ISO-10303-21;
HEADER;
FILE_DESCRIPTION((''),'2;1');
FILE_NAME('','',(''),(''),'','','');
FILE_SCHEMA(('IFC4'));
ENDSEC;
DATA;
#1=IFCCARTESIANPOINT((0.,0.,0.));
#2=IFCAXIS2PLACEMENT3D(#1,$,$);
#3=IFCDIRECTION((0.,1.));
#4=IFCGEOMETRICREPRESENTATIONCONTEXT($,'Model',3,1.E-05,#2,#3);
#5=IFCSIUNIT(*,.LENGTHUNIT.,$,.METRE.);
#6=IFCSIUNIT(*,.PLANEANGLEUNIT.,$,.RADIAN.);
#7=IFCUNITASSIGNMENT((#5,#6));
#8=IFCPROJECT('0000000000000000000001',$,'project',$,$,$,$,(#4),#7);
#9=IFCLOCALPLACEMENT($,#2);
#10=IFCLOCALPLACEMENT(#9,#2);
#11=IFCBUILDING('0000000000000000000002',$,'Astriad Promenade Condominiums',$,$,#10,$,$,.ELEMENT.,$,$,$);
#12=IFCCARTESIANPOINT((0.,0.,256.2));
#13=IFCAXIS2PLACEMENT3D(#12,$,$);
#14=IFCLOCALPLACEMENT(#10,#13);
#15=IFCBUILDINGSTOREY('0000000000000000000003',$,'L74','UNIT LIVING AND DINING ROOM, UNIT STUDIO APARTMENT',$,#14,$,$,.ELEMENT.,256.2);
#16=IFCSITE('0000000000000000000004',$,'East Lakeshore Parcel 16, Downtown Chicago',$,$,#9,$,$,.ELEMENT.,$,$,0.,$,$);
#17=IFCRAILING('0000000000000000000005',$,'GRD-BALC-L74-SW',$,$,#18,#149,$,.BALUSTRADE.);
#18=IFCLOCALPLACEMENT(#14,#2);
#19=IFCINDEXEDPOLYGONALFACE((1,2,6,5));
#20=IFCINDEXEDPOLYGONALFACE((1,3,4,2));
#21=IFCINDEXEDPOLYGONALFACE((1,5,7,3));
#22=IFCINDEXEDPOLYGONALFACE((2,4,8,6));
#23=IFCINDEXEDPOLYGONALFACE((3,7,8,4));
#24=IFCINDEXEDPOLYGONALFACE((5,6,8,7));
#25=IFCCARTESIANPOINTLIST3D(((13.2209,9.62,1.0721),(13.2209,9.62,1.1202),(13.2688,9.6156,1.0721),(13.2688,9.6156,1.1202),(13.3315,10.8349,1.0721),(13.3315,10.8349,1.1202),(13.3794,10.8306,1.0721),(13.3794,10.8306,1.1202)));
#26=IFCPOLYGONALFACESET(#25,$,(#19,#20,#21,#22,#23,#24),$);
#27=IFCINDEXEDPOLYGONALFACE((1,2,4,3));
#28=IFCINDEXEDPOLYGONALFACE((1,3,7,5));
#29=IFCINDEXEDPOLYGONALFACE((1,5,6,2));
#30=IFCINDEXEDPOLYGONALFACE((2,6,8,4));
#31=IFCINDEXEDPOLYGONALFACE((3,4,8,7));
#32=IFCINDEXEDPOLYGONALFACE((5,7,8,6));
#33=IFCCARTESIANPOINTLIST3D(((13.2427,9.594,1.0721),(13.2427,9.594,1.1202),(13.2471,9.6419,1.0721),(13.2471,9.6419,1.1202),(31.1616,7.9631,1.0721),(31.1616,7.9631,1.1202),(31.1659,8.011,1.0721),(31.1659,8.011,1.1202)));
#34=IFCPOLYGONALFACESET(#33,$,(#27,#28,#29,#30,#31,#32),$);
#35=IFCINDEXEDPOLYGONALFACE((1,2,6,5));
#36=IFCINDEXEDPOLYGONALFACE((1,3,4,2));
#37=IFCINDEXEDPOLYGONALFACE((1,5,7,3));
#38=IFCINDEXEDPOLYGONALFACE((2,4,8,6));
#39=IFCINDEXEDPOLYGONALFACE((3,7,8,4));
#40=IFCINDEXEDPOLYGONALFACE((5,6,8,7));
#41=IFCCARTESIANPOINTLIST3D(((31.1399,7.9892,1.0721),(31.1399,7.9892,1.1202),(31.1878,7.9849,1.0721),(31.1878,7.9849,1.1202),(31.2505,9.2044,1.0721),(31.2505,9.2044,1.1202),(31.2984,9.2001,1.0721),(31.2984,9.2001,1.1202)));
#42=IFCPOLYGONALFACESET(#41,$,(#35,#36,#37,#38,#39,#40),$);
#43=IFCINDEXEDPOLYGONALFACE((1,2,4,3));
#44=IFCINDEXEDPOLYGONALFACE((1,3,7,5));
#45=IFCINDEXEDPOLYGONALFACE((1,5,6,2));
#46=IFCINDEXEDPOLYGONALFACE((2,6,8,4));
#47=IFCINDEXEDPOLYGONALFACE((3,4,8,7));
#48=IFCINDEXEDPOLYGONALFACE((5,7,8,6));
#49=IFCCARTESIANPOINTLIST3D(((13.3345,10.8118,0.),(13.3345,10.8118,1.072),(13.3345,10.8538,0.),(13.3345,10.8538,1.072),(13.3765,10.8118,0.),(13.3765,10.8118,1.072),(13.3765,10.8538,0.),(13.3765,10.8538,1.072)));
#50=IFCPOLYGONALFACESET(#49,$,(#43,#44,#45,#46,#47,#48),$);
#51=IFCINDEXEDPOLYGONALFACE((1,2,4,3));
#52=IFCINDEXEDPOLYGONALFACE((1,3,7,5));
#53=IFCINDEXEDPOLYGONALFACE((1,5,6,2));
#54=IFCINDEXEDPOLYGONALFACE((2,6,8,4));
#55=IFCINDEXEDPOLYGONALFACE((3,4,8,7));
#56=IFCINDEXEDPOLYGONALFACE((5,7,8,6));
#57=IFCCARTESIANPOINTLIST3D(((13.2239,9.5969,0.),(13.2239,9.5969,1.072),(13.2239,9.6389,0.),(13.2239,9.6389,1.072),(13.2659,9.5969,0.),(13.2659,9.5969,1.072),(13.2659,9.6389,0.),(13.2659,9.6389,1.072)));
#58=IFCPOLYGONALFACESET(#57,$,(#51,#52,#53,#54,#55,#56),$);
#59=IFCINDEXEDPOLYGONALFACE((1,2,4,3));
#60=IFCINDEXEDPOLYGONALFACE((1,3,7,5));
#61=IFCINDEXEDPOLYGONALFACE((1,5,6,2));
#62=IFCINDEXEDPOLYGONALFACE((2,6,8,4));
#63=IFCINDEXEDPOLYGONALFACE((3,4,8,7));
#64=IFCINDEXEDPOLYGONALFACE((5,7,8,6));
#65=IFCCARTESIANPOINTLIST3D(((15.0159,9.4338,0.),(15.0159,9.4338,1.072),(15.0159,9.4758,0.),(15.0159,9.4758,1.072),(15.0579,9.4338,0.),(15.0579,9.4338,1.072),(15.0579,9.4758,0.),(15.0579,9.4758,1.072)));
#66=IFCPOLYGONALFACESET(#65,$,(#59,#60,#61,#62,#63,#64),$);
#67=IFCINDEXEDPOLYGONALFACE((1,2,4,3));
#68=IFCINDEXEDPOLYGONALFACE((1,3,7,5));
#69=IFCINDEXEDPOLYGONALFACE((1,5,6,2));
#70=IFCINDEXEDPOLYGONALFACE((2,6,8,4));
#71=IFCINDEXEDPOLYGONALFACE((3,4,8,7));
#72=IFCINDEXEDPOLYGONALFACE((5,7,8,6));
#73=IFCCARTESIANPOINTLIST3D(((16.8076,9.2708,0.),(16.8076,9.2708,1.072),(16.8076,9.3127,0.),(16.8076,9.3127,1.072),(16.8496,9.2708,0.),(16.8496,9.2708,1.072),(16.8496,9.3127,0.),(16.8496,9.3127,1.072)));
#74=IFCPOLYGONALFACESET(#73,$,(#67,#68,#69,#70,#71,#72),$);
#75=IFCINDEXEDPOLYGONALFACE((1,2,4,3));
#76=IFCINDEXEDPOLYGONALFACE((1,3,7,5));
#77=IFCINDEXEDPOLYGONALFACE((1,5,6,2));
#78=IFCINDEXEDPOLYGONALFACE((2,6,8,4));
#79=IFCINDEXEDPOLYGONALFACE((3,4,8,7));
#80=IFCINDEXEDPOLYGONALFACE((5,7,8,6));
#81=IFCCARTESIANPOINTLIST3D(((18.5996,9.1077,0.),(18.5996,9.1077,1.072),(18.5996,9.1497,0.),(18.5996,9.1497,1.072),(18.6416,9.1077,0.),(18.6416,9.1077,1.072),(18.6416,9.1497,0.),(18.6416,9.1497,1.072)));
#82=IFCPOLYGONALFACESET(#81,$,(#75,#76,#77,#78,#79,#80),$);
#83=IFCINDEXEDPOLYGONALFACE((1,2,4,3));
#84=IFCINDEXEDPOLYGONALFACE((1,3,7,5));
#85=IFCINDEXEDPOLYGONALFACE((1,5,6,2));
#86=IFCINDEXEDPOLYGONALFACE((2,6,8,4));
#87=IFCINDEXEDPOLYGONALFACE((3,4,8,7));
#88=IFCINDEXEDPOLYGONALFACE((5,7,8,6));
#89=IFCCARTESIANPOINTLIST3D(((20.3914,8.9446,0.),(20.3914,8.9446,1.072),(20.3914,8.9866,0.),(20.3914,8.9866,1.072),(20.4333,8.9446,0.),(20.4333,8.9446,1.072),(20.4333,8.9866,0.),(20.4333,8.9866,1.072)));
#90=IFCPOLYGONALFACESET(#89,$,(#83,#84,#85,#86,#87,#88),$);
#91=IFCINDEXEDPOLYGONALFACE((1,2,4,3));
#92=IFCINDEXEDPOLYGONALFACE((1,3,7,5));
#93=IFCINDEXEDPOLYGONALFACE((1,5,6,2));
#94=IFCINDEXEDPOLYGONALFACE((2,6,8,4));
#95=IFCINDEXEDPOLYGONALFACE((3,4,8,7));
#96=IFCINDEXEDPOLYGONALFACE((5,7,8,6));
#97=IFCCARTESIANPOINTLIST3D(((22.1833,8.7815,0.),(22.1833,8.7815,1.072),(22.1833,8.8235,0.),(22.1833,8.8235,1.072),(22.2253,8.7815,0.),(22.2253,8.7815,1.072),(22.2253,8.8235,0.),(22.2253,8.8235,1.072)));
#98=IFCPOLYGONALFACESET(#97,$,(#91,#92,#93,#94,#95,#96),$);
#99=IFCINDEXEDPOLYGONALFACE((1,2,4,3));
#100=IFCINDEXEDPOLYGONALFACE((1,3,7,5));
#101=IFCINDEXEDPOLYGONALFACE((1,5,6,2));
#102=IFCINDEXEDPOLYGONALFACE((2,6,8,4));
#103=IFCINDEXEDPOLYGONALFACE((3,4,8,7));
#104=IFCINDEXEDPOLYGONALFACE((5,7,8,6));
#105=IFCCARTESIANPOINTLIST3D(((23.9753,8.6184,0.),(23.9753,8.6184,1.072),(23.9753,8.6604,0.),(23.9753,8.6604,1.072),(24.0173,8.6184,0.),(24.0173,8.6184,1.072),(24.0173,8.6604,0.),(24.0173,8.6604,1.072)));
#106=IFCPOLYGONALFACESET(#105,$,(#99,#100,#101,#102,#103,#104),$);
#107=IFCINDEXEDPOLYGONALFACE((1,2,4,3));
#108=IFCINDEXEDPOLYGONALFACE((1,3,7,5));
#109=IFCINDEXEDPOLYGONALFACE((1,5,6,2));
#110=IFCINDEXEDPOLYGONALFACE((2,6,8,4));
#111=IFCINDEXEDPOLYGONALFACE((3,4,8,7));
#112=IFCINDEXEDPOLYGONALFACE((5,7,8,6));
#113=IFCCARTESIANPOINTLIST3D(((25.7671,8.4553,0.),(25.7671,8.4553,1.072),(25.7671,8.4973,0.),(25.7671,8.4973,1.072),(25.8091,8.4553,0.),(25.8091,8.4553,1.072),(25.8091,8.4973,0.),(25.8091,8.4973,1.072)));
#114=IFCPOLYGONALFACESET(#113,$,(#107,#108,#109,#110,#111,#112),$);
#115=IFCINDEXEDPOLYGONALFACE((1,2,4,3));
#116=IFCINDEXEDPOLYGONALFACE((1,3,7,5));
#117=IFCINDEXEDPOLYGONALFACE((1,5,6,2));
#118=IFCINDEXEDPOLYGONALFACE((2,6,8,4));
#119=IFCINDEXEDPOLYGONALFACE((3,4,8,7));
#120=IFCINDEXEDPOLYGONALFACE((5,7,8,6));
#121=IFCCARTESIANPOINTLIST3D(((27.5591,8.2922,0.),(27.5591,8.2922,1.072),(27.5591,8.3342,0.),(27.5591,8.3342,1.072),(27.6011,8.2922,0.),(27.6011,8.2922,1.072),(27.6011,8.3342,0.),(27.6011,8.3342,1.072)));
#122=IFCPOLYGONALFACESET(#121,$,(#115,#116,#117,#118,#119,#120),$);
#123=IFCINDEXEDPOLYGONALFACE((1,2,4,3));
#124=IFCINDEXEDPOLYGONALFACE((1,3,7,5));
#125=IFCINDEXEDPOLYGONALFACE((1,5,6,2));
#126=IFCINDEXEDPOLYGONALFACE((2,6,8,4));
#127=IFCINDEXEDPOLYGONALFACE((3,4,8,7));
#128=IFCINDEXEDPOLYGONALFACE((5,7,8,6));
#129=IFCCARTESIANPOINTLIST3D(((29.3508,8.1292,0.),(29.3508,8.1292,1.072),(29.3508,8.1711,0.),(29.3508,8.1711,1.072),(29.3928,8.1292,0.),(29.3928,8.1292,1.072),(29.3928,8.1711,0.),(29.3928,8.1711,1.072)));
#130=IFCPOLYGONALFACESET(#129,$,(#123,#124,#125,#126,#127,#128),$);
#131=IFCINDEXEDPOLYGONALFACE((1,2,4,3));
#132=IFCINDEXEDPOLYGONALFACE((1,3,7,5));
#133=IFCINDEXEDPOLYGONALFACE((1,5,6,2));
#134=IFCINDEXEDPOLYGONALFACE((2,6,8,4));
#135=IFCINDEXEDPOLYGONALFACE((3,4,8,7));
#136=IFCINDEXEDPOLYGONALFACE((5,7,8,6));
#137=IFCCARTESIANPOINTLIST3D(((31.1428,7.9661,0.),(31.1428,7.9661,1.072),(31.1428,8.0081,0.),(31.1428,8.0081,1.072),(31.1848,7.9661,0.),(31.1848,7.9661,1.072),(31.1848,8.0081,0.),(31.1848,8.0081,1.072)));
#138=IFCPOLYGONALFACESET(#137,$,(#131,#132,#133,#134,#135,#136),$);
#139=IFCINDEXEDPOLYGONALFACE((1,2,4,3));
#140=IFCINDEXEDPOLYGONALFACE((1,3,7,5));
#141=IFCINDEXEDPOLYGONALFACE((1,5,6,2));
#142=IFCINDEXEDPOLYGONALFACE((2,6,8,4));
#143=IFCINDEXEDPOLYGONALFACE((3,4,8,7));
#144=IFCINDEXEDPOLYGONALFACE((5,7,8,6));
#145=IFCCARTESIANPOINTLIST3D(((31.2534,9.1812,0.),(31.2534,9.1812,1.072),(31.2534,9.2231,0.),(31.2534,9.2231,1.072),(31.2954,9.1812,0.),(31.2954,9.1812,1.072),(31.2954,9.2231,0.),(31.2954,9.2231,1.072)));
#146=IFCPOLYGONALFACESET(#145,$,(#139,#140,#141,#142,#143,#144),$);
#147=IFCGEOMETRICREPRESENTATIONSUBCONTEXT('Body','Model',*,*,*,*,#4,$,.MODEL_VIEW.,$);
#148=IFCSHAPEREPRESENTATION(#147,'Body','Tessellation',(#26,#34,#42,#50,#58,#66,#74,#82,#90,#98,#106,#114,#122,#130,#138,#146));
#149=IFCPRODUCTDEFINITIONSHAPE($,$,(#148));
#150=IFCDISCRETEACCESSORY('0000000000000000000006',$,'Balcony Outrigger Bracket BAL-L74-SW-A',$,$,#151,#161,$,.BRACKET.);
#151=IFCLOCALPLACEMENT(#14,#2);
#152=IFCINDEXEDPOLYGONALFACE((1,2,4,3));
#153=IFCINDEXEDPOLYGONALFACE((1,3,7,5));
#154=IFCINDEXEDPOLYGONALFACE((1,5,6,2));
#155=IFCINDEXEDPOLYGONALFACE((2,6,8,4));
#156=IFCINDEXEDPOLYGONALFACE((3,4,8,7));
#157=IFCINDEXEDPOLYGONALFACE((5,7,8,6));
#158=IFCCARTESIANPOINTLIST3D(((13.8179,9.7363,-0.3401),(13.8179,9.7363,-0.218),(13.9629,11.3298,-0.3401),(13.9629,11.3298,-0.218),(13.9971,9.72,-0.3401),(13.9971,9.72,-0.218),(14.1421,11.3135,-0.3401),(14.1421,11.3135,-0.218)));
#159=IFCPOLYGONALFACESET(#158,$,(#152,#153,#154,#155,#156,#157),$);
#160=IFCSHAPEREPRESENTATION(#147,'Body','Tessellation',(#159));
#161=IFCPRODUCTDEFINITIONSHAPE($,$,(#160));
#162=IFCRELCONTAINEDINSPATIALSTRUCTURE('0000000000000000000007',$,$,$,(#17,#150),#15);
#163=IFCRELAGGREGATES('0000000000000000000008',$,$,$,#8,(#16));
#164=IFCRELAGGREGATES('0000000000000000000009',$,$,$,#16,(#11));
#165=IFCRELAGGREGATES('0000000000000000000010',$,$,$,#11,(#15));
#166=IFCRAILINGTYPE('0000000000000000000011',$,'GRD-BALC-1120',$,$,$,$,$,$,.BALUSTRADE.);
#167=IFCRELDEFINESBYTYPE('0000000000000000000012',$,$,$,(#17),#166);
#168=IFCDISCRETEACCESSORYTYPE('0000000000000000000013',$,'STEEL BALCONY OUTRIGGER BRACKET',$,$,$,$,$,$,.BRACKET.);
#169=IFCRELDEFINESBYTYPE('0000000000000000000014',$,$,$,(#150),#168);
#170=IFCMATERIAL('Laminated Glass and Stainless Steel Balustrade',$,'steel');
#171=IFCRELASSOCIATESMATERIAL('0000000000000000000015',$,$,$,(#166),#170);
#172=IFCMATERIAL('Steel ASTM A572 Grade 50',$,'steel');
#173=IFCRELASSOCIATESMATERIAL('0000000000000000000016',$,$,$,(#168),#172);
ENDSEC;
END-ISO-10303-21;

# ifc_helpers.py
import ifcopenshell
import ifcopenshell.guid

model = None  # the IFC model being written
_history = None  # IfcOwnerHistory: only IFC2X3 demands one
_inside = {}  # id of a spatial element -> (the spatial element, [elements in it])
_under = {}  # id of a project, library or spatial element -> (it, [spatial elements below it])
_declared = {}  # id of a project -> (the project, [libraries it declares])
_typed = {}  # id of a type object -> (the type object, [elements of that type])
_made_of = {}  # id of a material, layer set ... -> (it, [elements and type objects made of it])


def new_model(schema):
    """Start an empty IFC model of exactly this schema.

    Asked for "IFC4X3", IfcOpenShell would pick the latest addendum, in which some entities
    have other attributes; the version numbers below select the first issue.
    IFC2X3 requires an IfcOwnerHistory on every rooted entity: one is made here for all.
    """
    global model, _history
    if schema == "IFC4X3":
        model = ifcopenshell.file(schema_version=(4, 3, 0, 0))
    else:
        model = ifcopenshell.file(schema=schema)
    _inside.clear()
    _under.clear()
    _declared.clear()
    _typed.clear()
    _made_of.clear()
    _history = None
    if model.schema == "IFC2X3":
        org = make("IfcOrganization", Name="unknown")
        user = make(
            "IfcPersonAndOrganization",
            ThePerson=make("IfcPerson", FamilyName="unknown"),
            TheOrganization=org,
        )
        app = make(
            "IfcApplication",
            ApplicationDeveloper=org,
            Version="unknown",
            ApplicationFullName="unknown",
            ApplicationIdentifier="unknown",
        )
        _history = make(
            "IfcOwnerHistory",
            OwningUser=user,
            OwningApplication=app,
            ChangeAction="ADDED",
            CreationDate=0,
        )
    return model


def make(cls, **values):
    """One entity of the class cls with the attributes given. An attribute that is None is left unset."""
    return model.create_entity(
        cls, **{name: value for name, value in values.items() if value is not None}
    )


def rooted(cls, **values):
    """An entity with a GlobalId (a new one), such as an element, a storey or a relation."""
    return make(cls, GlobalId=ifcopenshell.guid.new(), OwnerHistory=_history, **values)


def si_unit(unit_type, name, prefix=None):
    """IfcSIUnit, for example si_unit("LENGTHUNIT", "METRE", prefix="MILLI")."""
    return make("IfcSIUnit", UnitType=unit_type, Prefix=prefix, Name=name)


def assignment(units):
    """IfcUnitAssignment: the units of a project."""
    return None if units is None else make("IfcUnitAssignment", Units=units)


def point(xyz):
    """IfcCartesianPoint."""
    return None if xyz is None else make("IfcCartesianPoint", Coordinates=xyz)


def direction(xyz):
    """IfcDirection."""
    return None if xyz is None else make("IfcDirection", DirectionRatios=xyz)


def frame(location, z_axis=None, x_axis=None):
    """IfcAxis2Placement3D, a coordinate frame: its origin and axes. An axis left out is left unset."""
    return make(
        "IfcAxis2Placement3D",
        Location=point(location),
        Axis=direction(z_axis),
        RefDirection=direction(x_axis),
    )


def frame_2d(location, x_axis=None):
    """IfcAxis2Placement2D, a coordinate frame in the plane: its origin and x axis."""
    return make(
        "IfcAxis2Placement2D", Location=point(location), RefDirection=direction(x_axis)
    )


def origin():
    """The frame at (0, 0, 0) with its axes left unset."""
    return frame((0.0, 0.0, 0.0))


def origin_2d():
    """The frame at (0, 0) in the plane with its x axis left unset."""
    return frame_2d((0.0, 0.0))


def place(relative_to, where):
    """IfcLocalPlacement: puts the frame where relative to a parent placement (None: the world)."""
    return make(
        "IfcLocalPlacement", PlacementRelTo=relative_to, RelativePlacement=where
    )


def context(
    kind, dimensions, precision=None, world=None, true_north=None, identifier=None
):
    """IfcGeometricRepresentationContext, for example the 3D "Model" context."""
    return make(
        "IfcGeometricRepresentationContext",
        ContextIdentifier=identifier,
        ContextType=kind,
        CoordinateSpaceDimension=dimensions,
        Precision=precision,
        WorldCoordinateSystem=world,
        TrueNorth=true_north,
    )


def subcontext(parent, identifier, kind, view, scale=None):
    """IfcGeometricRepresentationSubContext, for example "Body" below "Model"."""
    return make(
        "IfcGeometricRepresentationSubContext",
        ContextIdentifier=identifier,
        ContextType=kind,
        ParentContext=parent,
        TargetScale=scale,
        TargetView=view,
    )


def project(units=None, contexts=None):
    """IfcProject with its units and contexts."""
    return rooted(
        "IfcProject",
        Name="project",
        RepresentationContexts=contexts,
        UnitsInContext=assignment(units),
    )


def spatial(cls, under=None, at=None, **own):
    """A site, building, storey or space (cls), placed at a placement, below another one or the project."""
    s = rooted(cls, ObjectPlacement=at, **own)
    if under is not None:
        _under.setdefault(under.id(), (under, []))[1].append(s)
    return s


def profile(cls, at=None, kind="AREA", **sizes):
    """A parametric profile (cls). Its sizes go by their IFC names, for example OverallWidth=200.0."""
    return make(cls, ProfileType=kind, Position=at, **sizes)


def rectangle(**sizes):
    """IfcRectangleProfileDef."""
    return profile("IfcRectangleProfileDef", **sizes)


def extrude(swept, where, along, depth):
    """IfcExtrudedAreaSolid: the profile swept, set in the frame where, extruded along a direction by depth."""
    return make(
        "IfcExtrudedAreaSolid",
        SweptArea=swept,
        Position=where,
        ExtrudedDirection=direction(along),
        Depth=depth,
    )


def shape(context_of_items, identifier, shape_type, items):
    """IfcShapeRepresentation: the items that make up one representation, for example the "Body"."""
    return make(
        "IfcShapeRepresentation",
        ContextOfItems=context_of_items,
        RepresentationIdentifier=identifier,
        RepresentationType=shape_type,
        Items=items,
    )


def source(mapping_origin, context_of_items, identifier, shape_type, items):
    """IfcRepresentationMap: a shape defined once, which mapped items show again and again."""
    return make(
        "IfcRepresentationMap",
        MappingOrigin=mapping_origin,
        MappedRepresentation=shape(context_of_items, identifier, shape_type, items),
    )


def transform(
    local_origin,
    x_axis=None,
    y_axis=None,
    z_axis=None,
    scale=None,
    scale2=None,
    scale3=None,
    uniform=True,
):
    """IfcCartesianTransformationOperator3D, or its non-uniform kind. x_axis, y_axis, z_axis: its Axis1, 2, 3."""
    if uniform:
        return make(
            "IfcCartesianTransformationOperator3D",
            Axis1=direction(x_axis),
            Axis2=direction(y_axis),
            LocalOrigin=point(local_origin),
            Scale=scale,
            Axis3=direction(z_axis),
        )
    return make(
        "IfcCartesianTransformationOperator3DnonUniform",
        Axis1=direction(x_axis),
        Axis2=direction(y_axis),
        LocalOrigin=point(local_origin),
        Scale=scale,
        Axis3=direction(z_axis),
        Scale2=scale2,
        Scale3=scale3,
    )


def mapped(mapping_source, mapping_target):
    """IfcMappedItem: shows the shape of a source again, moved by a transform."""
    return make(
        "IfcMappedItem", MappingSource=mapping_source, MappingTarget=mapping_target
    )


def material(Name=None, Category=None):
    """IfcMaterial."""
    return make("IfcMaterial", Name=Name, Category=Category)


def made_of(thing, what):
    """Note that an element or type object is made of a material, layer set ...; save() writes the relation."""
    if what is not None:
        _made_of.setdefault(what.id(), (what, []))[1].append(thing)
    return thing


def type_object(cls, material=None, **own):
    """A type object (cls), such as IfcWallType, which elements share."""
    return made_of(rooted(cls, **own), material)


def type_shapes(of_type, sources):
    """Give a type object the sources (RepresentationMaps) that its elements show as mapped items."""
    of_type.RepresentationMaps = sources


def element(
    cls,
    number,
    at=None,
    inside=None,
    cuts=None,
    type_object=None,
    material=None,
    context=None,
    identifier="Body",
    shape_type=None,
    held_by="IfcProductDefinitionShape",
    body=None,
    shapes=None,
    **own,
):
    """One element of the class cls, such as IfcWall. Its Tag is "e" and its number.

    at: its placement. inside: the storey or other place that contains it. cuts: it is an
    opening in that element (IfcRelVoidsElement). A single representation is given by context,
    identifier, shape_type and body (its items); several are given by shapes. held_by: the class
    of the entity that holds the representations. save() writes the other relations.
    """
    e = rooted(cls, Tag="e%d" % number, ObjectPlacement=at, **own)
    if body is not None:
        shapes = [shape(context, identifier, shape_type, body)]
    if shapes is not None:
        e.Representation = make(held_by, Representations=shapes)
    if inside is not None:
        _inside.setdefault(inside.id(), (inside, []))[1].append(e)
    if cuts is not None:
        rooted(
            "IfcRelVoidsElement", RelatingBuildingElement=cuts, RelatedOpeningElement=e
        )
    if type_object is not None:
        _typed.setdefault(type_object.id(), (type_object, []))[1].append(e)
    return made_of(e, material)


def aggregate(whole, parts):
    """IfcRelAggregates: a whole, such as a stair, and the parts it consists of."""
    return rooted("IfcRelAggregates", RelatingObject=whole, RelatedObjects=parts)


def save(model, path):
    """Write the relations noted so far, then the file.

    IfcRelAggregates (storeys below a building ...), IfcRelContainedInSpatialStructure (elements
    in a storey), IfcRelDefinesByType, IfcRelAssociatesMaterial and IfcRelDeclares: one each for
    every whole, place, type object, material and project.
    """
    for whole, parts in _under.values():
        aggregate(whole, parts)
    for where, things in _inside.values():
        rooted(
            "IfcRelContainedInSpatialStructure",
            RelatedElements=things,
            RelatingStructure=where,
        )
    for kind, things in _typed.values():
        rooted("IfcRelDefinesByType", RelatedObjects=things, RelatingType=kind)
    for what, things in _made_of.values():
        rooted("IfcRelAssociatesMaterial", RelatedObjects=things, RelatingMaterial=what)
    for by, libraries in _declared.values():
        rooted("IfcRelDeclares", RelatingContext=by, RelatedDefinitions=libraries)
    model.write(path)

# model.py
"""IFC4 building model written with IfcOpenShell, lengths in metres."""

from ifc_helpers import new_model, si_unit, direction, frame, origin, origin_2d, place, context, subcontext, project, spatial, rectangle, extrude, source, transform, mapped, material, type_object, type_shapes, element, save


model = new_model("IFC4")

# Units and contexts
model_context = context("Model", 3, precision=1e-05, world=origin(), true_north=direction((0.0, 1.0)))
body_context = subcontext(model_context, "Body", "Model", "MODEL_VIEW")
ifc_project = project(units=[si_unit("LENGTHUNIT", "METRE"), si_unit("PLANEANGLEUNIT", "RADIAN")], contexts=[model_context])

# Site, building, storey
site_placement = place(None, origin())
site = spatial("IfcSite", under=ifc_project, at=site_placement, Name="East Lakeshore Parcel 16, Downtown Chicago", CompositionType="ELEMENT", RefElevation=0.0)
building_placement = place(site_placement, origin())
building = spatial("IfcBuilding", under=site, at=building_placement, Name="Astriad Promenade Condominiums", CompositionType="ELEMENT")
storey_placement = place(building_placement, frame((0.0, 0.0, 256.2)))
storey = spatial("IfcBuildingStorey", under=building, at=storey_placement, Name="L74", Description="UNIT LIVING AND DINING ROOM, UNIT STUDIO APARTMENT", CompositionType="ELEMENT", Elevation=256.2)

# Railing
ifc_material_1 = material(Name="Laminated Glass and Stainless Steel Balustrade", Category="steel")
railing_type = type_object("IfcRailingType", Name="GRD-BALC-1120", PredefinedType="BALUSTRADE", material=ifc_material_1)
shared_shape_1 = source(origin(), body_context, "Body", "SweptSolid", [
    extrude(rectangle(XDim=0.0481, YDim=0.0481, at=origin_2d()), frame((0.0, 0.0, 1.0962), z_axis=(-0.090662, -0.995882, 0.0), x_axis=(0.995882, -0.090662, 0.0)), (0.0, 0.0, 1.0), 1.22),
    extrude(rectangle(XDim=0.0481, YDim=0.0481, at=origin_2d()), frame((-0.1106, -1.2148, 1.0962), z_axis=(0.995884, -0.090639, 0.0), x_axis=(0.090639, 0.995884, 0.0)), (0.0, 0.0, 1.0), 17.9929),
    extrude(rectangle(XDim=0.0481, YDim=0.0481, at=origin_2d()), frame((17.8083, -2.8457, 1.0962), z_axis=(0.090644, 0.995883, 0.0), x_axis=(-0.995883, 0.090644, 0.0)), (0.0, 0.0, 1.0), 1.2202),
    extrude(rectangle(XDim=0.042, YDim=0.042, at=origin_2d()), origin(), (0.0, 0.0, 1.0), 1.072),
    extrude(rectangle(XDim=0.042, YDim=0.042, at=origin_2d()), frame((-0.1106, -1.2148, 0.0)), (0.0, 0.0, 1.0), 1.072),
    extrude(rectangle(XDim=0.042, YDim=0.042, at=origin_2d()), frame((1.6814, -1.3779, 0.0)), (0.0, 0.0, 1.0), 1.072),
    extrude(rectangle(XDim=0.042, YDim=0.042, at=origin_2d()), frame((3.4731, -1.541, 0.0)), (0.0, 0.0, 1.0), 1.072),
    extrude(rectangle(XDim=0.042, YDim=0.042, at=origin_2d()), frame((5.2651, -1.7041, 0.0)), (0.0, 0.0, 1.0), 1.072),
    extrude(rectangle(XDim=0.042, YDim=0.042, at=origin_2d()), frame((7.0569, -1.8672, 0.0)), (0.0, 0.0, 1.0), 1.072),
    extrude(rectangle(XDim=0.042, YDim=0.042, at=origin_2d()), frame((8.8489, -2.0303, 0.0)), (0.0, 0.0, 1.0), 1.072),
    extrude(rectangle(XDim=0.042, YDim=0.042, at=origin_2d()), frame((10.6409, -2.1934, 0.0)), (0.0, 0.0, 1.0), 1.072),
    extrude(rectangle(XDim=0.042, YDim=0.042, at=origin_2d()), frame((12.4326, -2.3564, 0.0)), (0.0, 0.0, 1.0), 1.072),
    extrude(rectangle(XDim=0.042, YDim=0.042, at=origin_2d()), frame((14.2246, -2.5195, 0.0)), (0.0, 0.0, 1.0), 1.072),
    extrude(rectangle(XDim=0.042, YDim=0.042, at=origin_2d()), frame((16.0164, -2.6826, 0.0)), (0.0, 0.0, 1.0), 1.072),
    extrude(rectangle(XDim=0.042, YDim=0.042, at=origin_2d()), frame((17.8083, -2.8457, 0.0)), (0.0, 0.0, 1.0), 1.072),
    extrude(rectangle(XDim=0.042, YDim=0.042, at=origin_2d()), frame((17.9189, -1.6306, 0.0)), (0.0, 0.0, 1.0), 1.072),
])
type_shapes(railing_type, [shared_shape_1])
railing_placement = place(storey_placement, frame((13.3555, 10.8328, 0.0)))
element("IfcRailing", 1, at=railing_placement, inside=storey, type_object=railing_type, Name="GRD-BALC-L74-SW", PredefinedType="BALUSTRADE", context=body_context, shape_type="MappedRepresentation", body=[
    mapped(shared_shape_1, transform((0.0, 0.0, 0.0), scale=1.0)),
])

# Discrete accessory
ifc_material_2 = material(Name="Steel ASTM A572 Grade 50", Category="steel")
discrete_accessory_type = type_object("IfcDiscreteAccessoryType", Name="STEEL BALCONY OUTRIGGER BRACKET", PredefinedType="BRACKET", material=ifc_material_2)
shared_shape_2 = source(origin(), body_context, "Body", "SweptSolid", [
    extrude(rectangle(XDim=1.6001, YDim=0.1799, at=origin_2d()), origin(), (0.0, 0.0, 1.0), 0.1221),
])
type_shapes(discrete_accessory_type, [shared_shape_2])
discrete_accessory_placement = place(storey_placement, frame((13.98, 10.5249, -0.3401), z_axis=(0.0, 0.0, 1.0), x_axis=(-0.090633, -0.995884, 0.0)))
element("IfcDiscreteAccessory", 2, at=discrete_accessory_placement, inside=storey, type_object=discrete_accessory_type, Name="Balcony Outrigger Bracket BAL-L74-SW-A", PredefinedType="BRACKET", context=body_context, shape_type="MappedRepresentation", body=[
    mapped(shared_shape_2, transform((0.0, 0.0, 0.0), scale=1.0)),
])

save(model, "model.ifc")
